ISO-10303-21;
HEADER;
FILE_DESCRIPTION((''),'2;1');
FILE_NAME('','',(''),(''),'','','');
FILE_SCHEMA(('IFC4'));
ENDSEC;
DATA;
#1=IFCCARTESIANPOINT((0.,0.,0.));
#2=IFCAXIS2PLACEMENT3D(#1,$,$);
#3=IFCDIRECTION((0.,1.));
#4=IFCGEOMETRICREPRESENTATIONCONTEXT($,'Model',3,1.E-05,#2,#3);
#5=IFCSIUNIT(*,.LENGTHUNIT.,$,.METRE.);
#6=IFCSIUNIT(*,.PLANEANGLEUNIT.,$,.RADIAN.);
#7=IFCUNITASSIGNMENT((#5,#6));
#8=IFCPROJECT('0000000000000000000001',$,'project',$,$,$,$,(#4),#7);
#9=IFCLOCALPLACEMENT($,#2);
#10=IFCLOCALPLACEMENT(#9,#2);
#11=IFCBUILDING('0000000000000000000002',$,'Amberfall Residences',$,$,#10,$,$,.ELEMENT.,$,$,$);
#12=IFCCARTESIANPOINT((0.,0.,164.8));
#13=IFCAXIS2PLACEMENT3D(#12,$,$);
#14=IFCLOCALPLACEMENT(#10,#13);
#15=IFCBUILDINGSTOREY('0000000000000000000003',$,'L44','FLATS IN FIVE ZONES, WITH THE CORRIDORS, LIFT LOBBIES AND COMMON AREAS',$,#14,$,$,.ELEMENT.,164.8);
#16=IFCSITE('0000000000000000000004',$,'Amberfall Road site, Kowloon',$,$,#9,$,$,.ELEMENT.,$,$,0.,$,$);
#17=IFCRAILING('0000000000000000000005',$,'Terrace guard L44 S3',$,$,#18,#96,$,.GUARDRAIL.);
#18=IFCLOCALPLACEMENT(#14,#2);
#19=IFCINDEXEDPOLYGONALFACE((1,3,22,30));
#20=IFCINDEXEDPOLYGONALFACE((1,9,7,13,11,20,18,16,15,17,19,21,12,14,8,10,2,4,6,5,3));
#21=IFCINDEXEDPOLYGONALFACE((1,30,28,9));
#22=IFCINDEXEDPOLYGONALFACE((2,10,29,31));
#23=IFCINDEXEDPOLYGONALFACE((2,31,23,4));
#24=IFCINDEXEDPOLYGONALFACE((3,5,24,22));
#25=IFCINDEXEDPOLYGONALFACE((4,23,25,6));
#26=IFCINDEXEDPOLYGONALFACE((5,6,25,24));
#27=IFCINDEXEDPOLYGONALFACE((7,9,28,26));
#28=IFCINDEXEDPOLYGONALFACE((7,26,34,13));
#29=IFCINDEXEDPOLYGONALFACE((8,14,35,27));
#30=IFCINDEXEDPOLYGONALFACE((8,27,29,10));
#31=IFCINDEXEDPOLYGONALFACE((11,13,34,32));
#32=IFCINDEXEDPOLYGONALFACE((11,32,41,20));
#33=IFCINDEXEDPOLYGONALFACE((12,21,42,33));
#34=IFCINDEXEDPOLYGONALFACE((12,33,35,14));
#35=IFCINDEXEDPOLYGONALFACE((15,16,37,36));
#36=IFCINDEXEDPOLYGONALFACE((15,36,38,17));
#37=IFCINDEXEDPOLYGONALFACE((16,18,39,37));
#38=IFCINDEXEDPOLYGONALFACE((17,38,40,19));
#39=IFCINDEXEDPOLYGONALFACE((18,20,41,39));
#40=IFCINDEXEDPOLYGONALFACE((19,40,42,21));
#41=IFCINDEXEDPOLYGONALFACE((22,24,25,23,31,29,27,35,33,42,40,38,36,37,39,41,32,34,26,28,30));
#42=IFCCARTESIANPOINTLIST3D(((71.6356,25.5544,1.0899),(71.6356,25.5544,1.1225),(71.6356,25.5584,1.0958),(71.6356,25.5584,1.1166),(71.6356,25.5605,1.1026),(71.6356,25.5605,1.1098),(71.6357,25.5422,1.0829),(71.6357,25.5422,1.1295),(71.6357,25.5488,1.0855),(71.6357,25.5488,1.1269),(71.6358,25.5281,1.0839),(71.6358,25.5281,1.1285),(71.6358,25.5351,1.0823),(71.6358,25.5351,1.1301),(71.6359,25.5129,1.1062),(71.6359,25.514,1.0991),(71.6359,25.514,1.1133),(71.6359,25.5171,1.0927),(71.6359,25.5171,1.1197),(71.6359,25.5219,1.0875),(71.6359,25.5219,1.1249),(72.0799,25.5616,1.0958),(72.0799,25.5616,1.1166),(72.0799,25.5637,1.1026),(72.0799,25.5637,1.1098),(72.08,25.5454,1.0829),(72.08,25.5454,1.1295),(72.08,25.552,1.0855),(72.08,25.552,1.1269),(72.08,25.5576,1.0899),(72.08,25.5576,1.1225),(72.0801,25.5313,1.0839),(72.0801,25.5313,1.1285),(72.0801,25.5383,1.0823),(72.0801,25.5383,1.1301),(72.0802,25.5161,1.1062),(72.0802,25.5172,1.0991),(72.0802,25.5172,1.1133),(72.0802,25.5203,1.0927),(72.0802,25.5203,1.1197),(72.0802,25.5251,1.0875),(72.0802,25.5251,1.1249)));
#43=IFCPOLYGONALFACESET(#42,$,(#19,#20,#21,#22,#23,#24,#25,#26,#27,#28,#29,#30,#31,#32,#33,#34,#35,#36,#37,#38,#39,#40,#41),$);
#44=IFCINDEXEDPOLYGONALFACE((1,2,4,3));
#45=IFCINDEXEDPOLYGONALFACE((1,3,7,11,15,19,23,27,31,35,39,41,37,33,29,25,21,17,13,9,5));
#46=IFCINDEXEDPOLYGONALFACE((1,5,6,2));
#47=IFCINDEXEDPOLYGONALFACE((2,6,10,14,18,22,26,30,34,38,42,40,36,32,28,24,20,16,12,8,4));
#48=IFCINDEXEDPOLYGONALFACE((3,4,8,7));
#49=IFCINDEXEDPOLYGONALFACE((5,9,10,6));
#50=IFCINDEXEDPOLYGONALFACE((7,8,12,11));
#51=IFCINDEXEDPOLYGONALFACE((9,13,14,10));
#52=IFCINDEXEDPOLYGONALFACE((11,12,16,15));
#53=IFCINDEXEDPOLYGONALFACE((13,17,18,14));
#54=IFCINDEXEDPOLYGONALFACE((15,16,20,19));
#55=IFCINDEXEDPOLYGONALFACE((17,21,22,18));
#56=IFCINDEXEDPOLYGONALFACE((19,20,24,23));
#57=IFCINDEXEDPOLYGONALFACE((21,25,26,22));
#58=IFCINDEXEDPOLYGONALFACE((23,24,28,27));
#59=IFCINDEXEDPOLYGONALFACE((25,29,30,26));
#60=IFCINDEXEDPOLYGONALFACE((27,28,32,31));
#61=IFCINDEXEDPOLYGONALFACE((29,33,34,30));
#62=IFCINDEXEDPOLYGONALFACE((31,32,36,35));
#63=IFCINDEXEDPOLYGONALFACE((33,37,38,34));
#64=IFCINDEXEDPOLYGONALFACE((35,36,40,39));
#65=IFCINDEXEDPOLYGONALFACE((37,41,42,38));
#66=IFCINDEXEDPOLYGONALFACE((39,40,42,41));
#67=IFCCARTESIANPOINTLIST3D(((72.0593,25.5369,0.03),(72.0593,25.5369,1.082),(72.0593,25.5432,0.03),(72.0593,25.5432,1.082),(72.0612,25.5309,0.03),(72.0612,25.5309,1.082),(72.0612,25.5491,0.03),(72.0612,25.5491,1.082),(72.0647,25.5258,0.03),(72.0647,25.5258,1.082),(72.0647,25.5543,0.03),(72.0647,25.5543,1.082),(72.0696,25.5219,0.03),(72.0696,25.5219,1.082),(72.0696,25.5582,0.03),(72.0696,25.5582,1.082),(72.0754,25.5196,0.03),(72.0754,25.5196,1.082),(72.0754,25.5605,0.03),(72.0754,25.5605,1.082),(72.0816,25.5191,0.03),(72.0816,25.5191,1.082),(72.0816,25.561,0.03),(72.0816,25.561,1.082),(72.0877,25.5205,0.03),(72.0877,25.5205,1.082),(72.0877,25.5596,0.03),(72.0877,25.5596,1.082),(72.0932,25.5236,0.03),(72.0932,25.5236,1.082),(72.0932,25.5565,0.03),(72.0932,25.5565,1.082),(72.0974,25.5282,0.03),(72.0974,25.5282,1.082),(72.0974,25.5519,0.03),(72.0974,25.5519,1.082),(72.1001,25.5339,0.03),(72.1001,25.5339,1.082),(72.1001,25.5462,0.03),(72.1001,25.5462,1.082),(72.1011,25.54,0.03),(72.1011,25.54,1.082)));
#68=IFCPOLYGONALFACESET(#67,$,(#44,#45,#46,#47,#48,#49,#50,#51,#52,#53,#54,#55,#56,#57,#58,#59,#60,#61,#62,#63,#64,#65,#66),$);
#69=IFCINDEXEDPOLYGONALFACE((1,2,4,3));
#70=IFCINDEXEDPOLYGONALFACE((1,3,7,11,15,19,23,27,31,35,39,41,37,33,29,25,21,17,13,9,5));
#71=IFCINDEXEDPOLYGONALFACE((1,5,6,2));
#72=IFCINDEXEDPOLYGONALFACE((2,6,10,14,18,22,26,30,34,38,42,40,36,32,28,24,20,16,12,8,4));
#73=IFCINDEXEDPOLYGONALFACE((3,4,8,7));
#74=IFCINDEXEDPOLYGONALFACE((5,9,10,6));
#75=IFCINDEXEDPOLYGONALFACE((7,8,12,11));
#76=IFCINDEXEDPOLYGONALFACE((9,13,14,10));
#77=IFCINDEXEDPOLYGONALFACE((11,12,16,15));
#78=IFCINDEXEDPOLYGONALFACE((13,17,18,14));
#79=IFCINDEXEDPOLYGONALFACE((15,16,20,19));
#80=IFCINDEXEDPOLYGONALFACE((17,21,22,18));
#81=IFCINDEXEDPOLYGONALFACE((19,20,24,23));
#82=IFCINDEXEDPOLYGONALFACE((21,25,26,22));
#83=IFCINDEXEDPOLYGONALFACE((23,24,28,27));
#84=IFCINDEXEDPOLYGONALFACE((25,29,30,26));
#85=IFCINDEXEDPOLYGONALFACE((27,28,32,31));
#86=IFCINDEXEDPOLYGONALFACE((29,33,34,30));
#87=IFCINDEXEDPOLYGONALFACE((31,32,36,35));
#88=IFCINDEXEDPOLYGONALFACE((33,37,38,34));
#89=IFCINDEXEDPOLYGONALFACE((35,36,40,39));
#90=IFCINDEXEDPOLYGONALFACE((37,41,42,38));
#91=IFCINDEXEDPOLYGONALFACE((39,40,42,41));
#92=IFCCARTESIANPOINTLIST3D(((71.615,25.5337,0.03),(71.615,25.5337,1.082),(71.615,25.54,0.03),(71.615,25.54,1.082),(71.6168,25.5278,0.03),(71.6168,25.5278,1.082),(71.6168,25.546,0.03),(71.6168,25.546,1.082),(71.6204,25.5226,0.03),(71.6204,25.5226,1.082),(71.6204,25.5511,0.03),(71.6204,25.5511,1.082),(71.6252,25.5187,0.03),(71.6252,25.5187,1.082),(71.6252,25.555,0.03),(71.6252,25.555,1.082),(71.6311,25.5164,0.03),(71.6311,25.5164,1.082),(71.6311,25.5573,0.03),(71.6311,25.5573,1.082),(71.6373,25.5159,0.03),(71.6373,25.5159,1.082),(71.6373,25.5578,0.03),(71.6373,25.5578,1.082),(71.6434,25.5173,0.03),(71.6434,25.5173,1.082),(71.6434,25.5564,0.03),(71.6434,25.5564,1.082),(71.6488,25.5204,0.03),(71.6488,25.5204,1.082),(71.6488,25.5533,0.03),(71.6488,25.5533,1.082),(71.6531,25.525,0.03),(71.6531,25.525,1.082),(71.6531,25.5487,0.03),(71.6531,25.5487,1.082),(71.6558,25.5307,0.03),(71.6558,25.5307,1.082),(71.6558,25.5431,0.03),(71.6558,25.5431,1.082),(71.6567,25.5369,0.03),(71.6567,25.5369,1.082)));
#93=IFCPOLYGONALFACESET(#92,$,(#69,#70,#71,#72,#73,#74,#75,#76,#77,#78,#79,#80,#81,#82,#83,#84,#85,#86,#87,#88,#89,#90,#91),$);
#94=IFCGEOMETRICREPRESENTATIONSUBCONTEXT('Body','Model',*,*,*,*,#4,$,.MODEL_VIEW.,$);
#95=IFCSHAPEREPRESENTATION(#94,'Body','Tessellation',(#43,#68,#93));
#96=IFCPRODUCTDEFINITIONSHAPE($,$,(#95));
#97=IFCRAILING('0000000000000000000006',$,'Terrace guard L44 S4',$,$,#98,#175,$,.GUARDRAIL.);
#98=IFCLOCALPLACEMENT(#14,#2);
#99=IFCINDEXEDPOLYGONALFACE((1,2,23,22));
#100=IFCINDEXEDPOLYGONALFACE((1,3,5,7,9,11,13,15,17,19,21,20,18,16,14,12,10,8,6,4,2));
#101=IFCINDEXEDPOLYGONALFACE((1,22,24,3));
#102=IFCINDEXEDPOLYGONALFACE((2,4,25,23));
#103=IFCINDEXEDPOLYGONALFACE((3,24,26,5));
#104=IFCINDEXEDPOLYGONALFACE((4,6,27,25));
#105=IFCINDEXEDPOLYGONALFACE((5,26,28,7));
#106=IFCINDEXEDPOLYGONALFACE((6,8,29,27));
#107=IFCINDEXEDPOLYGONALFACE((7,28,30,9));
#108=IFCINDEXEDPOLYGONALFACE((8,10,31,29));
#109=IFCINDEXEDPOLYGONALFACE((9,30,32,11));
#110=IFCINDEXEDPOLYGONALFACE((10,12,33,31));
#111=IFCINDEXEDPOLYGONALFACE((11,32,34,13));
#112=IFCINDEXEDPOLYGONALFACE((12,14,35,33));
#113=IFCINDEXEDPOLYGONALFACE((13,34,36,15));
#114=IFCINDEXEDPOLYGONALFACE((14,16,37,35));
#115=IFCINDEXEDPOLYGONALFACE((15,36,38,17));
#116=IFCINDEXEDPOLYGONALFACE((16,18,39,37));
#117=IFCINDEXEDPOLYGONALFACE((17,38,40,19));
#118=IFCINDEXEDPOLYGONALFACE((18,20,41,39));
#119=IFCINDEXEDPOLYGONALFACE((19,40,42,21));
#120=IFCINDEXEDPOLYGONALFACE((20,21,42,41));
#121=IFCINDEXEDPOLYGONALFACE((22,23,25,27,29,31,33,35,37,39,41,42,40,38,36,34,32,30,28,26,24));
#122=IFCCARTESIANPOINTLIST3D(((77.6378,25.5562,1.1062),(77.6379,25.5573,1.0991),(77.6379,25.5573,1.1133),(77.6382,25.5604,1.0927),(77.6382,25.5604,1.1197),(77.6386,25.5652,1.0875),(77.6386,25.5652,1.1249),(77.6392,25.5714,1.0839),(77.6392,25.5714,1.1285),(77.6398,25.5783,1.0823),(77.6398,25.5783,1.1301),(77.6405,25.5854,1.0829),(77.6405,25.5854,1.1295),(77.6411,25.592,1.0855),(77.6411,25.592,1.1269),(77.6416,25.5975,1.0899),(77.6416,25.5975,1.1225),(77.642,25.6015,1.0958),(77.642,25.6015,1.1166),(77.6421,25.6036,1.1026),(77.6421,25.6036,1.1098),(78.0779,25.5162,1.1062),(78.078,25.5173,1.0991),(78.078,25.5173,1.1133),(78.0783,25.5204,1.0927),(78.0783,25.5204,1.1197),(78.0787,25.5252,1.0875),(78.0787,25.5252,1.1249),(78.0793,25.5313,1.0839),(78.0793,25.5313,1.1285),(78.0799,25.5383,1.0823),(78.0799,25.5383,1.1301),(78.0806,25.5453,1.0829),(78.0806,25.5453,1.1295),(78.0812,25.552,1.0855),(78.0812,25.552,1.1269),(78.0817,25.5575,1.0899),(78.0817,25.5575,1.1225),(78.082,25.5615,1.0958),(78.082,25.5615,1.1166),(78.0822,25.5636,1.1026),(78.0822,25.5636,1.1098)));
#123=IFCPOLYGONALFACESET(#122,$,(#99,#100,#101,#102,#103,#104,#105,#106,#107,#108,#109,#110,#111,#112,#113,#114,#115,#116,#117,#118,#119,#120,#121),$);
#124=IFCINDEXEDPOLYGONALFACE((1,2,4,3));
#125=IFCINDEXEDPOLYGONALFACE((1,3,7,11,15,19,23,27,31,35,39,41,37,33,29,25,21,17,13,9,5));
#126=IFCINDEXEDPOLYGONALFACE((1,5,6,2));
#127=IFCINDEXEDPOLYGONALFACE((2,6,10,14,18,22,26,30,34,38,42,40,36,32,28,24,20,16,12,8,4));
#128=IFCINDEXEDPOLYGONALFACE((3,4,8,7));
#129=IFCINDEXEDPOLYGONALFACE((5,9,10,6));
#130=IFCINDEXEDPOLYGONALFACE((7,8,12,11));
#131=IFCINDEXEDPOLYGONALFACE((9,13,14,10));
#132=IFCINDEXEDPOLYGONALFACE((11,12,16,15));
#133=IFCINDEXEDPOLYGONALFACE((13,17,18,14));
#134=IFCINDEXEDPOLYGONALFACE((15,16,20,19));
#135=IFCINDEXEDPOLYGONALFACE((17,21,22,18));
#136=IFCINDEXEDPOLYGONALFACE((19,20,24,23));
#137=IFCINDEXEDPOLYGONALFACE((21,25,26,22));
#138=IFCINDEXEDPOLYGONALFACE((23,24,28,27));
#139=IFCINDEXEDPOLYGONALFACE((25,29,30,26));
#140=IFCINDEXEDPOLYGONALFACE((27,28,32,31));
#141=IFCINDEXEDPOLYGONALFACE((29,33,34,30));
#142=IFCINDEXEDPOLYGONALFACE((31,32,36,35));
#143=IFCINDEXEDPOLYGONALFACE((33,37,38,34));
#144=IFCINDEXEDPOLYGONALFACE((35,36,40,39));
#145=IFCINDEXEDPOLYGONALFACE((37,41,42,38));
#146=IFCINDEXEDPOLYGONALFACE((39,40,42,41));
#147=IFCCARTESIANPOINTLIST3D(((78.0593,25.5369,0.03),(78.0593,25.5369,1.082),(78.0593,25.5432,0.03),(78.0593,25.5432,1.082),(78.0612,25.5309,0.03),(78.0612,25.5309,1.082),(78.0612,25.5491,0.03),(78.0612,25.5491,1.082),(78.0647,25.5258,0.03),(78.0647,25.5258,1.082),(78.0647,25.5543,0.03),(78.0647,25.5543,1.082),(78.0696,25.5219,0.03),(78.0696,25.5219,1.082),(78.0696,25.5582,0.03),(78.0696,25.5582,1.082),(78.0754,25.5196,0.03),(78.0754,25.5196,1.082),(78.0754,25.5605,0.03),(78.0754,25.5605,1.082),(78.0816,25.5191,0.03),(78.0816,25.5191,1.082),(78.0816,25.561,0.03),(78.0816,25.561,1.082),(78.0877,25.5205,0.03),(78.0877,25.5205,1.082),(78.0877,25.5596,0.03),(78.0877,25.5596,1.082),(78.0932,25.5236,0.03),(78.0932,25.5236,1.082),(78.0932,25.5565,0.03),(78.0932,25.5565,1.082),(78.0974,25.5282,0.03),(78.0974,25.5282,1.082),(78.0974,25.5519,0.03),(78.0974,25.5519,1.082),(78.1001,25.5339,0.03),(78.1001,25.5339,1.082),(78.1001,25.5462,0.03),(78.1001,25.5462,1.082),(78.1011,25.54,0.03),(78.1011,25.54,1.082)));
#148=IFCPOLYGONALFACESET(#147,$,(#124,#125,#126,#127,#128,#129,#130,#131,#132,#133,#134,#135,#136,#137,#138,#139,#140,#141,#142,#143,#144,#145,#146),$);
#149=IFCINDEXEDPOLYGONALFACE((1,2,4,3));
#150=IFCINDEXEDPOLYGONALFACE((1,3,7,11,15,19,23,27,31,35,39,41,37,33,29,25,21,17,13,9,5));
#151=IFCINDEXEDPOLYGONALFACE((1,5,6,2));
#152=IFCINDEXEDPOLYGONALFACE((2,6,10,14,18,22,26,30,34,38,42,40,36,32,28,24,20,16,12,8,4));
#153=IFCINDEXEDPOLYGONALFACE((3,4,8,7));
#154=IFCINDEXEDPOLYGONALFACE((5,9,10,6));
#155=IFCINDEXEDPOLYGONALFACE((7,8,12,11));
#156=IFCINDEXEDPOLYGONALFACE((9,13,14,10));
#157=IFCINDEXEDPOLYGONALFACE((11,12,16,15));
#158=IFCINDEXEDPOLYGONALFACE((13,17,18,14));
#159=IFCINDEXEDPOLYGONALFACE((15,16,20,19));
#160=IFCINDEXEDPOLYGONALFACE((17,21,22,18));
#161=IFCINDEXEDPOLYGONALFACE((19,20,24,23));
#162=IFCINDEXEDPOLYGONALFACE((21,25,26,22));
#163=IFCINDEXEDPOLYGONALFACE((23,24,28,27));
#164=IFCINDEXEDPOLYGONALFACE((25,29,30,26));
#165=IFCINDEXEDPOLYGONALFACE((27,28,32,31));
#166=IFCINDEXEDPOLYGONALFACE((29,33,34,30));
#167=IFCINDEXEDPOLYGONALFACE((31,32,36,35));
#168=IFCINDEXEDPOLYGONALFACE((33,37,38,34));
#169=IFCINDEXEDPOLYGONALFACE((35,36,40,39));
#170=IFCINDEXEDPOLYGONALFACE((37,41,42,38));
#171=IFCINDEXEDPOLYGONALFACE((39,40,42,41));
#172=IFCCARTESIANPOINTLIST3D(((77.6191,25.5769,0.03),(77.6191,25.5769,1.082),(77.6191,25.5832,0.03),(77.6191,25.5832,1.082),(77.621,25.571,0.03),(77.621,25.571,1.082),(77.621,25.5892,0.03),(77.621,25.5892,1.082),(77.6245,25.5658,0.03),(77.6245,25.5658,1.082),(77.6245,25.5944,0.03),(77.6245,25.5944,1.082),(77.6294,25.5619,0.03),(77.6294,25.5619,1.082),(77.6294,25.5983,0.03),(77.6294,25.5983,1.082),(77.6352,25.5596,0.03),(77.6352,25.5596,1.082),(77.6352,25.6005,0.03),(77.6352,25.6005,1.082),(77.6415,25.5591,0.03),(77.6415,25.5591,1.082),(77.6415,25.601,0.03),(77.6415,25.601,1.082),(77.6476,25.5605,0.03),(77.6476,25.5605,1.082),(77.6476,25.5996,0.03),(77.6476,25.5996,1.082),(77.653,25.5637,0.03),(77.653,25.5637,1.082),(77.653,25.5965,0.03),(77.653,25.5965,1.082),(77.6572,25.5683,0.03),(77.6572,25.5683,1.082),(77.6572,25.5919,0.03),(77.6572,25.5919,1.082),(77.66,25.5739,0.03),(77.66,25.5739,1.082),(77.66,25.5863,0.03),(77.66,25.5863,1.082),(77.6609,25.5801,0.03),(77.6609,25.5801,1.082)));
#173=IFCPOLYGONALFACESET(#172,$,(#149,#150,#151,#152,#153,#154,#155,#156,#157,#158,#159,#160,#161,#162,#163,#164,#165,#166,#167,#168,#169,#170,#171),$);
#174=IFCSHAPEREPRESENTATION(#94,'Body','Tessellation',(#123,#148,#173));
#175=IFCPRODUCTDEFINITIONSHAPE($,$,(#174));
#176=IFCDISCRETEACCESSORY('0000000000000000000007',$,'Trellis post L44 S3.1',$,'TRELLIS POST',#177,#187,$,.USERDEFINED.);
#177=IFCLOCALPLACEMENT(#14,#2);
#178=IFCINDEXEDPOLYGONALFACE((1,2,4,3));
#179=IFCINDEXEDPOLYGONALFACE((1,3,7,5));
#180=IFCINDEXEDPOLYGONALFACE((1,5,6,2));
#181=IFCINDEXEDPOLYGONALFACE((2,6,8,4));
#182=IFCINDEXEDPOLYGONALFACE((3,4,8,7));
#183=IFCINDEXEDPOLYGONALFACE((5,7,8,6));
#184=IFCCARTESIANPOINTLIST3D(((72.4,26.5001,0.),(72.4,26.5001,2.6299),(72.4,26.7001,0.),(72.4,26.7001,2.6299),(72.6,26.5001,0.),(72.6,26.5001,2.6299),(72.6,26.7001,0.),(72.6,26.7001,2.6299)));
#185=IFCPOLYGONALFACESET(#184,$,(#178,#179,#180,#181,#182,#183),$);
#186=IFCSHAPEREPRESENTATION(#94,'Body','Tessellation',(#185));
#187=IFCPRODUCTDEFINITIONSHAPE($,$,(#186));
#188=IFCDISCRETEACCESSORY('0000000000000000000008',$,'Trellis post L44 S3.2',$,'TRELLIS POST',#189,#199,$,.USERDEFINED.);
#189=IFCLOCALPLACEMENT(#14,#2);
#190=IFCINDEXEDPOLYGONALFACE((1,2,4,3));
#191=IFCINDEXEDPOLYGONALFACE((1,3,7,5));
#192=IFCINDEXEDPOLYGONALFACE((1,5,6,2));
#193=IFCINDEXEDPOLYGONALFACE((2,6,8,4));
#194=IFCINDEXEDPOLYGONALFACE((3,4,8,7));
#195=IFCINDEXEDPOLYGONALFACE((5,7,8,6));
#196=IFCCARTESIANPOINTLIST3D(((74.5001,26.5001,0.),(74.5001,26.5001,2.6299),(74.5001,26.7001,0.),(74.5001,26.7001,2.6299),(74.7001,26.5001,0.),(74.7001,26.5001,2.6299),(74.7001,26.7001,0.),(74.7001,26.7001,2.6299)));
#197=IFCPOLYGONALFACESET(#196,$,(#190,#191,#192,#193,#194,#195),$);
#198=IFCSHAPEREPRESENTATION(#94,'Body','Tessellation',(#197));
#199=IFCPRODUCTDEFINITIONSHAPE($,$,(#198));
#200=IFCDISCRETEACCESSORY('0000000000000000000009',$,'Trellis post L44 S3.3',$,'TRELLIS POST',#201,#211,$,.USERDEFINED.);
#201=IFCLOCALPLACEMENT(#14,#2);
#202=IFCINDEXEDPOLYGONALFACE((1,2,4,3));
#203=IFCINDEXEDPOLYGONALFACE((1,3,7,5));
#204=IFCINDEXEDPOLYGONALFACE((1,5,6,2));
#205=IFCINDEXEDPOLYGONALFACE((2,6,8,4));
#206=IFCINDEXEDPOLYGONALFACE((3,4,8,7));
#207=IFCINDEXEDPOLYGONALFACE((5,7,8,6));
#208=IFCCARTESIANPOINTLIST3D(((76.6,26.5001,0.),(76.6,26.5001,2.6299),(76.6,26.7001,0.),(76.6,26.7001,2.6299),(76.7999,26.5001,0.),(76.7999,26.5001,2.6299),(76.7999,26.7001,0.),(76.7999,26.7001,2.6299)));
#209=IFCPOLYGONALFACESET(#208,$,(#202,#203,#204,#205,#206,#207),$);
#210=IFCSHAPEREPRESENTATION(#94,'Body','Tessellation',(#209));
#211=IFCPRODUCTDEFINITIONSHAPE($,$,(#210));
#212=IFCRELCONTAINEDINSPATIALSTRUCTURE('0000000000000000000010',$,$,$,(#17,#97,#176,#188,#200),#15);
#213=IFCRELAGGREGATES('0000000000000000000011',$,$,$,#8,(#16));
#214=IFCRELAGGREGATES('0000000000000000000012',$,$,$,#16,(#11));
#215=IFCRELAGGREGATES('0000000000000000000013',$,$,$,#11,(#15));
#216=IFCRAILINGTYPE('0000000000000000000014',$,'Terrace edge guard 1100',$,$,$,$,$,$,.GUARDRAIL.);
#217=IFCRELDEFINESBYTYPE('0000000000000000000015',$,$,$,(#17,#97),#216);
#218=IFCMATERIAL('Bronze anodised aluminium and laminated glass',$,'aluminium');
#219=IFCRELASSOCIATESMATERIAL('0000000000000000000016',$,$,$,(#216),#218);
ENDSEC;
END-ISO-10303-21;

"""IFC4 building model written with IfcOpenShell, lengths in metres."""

from ifc_helpers import new_model, si_unit, direction, frame, origin, origin_2d, place, context, subcontext, project, spatial, rectangle, circle, extrude, material, type_object, element, save


model = new_model("IFC4")

# Units and contexts
model_context = context("Model", 3, precision=1e-05, world=origin(), true_north=direction((0.0, 1.0)))
body_context = subcontext(model_context, "Body", "Model", "MODEL_VIEW")
ifc_project = project(units=[si_unit("LENGTHUNIT", "METRE"), si_unit("PLANEANGLEUNIT", "RADIAN")], contexts=[model_context])

# Site, building, storey
site_placement = place(None, origin())
site = spatial("IfcSite", under=ifc_project, at=site_placement, Name="Amberfall Road site, Kowloon", CompositionType="ELEMENT", RefElevation=0.0)
building_placement = place(site_placement, origin())
building = spatial("IfcBuilding", under=site, at=building_placement, Name="Amberfall Residences", CompositionType="ELEMENT")
storey_placement = place(building_placement, frame((0.0, 0.0, 164.8)))
storey = spatial("IfcBuildingStorey", under=building, at=storey_placement, Name="L44", Description="FLATS IN FIVE ZONES, WITH THE CORRIDORS, LIFT LOBBIES AND COMMON AREAS", CompositionType="ELEMENT", Elevation=164.8)

# Railings
ifc_material_1 = material(Name="Bronze anodised aluminium and laminated glass", Category="aluminium")
railing_type = type_object("IfcRailingType", Name="Terrace edge guard 1100", PredefinedType="GUARDRAIL", material=ifc_material_1)
railing_1_placement = place(storey_placement, frame((72.0801, 25.54, 0.03)))
element("IfcRailing", 1, at=railing_1_placement, inside=storey, type_object=railing_type, Name="Terrace guard L44 S3", PredefinedType="GUARDRAIL", context=body_context, shape_type="SweptSolid", body=[
    extrude(circle(Radius=0.0239, at=origin_2d()), frame((0.0, 0.0, 1.0762), z_axis=(-0.999974, -0.007143, 0.0), x_axis=(0.007143, -0.999974, 0.0)), (0.0, 0.0, 1.0), 0.4443),
    extrude(circle(Radius=0.021, at=origin_2d()), origin(), (0.0, 0.0, 1.0), 1.052),
    extrude(circle(Radius=0.021, at=origin_2d()), frame((-0.4443, -0.0032, 0.0)), (0.0, 0.0, 1.0), 1.052),
])
railing_2_placement = place(storey_placement, frame((78.0801, 25.54, 0.03)))
element("IfcRailing", 2, at=railing_2_placement, inside=storey, type_object=railing_type, Name="Terrace guard L44 S4", PredefinedType="GUARDRAIL", context=body_context, shape_type="SweptSolid", body=[
    extrude(circle(Radius=0.0239, at=origin_2d()), frame((0.0, 0.0, 1.0762), z_axis=(-0.995889, 0.090586, 0.0), x_axis=(-0.090586, -0.995889, 0.0)), (0.0, 0.0, 1.0), 0.4419),
    extrude(circle(Radius=0.021, at=origin_2d()), origin(), (0.0, 0.0, 1.0), 1.052),
    extrude(circle(Radius=0.021, at=origin_2d()), frame((-0.4402, 0.04, 0.0)), (0.0, 0.0, 1.0), 1.052),
])

# Discrete accessories
for number, where, z_axis, x_axis, name in (
    (3, (72.5, 26.6001, 0.0), (0.0, 0.0, 1.0), (1.0, 0.0, 0.0), "Trellis post L44 S3.1"),
    (4, (74.6001, 26.6001, 0.0), (0.0, 0.0, 1.0), (1.0, 0.0, 0.0), "Trellis post L44 S3.2"),
    (5, (76.7, 26.6001, 0.0), (0.0, 0.0, 1.0), (1.0, 0.0, 0.0), "Trellis post L44 S3.3"),
):
    element("IfcDiscreteAccessory", number, at=place(storey_placement, frame(where, z_axis=z_axis, x_axis=x_axis)), inside=storey, Name=name, ObjectType="TRELLIS POST", PredefinedType="USERDEFINED", context=body_context, shape_type="SweptSolid", body=[
        extrude(rectangle(XDim=0.2, YDim=0.2, at=origin_2d()), origin(), (0.0, 0.0, 1.0), 2.6299),
    ])

save(model, "model.ifc")
